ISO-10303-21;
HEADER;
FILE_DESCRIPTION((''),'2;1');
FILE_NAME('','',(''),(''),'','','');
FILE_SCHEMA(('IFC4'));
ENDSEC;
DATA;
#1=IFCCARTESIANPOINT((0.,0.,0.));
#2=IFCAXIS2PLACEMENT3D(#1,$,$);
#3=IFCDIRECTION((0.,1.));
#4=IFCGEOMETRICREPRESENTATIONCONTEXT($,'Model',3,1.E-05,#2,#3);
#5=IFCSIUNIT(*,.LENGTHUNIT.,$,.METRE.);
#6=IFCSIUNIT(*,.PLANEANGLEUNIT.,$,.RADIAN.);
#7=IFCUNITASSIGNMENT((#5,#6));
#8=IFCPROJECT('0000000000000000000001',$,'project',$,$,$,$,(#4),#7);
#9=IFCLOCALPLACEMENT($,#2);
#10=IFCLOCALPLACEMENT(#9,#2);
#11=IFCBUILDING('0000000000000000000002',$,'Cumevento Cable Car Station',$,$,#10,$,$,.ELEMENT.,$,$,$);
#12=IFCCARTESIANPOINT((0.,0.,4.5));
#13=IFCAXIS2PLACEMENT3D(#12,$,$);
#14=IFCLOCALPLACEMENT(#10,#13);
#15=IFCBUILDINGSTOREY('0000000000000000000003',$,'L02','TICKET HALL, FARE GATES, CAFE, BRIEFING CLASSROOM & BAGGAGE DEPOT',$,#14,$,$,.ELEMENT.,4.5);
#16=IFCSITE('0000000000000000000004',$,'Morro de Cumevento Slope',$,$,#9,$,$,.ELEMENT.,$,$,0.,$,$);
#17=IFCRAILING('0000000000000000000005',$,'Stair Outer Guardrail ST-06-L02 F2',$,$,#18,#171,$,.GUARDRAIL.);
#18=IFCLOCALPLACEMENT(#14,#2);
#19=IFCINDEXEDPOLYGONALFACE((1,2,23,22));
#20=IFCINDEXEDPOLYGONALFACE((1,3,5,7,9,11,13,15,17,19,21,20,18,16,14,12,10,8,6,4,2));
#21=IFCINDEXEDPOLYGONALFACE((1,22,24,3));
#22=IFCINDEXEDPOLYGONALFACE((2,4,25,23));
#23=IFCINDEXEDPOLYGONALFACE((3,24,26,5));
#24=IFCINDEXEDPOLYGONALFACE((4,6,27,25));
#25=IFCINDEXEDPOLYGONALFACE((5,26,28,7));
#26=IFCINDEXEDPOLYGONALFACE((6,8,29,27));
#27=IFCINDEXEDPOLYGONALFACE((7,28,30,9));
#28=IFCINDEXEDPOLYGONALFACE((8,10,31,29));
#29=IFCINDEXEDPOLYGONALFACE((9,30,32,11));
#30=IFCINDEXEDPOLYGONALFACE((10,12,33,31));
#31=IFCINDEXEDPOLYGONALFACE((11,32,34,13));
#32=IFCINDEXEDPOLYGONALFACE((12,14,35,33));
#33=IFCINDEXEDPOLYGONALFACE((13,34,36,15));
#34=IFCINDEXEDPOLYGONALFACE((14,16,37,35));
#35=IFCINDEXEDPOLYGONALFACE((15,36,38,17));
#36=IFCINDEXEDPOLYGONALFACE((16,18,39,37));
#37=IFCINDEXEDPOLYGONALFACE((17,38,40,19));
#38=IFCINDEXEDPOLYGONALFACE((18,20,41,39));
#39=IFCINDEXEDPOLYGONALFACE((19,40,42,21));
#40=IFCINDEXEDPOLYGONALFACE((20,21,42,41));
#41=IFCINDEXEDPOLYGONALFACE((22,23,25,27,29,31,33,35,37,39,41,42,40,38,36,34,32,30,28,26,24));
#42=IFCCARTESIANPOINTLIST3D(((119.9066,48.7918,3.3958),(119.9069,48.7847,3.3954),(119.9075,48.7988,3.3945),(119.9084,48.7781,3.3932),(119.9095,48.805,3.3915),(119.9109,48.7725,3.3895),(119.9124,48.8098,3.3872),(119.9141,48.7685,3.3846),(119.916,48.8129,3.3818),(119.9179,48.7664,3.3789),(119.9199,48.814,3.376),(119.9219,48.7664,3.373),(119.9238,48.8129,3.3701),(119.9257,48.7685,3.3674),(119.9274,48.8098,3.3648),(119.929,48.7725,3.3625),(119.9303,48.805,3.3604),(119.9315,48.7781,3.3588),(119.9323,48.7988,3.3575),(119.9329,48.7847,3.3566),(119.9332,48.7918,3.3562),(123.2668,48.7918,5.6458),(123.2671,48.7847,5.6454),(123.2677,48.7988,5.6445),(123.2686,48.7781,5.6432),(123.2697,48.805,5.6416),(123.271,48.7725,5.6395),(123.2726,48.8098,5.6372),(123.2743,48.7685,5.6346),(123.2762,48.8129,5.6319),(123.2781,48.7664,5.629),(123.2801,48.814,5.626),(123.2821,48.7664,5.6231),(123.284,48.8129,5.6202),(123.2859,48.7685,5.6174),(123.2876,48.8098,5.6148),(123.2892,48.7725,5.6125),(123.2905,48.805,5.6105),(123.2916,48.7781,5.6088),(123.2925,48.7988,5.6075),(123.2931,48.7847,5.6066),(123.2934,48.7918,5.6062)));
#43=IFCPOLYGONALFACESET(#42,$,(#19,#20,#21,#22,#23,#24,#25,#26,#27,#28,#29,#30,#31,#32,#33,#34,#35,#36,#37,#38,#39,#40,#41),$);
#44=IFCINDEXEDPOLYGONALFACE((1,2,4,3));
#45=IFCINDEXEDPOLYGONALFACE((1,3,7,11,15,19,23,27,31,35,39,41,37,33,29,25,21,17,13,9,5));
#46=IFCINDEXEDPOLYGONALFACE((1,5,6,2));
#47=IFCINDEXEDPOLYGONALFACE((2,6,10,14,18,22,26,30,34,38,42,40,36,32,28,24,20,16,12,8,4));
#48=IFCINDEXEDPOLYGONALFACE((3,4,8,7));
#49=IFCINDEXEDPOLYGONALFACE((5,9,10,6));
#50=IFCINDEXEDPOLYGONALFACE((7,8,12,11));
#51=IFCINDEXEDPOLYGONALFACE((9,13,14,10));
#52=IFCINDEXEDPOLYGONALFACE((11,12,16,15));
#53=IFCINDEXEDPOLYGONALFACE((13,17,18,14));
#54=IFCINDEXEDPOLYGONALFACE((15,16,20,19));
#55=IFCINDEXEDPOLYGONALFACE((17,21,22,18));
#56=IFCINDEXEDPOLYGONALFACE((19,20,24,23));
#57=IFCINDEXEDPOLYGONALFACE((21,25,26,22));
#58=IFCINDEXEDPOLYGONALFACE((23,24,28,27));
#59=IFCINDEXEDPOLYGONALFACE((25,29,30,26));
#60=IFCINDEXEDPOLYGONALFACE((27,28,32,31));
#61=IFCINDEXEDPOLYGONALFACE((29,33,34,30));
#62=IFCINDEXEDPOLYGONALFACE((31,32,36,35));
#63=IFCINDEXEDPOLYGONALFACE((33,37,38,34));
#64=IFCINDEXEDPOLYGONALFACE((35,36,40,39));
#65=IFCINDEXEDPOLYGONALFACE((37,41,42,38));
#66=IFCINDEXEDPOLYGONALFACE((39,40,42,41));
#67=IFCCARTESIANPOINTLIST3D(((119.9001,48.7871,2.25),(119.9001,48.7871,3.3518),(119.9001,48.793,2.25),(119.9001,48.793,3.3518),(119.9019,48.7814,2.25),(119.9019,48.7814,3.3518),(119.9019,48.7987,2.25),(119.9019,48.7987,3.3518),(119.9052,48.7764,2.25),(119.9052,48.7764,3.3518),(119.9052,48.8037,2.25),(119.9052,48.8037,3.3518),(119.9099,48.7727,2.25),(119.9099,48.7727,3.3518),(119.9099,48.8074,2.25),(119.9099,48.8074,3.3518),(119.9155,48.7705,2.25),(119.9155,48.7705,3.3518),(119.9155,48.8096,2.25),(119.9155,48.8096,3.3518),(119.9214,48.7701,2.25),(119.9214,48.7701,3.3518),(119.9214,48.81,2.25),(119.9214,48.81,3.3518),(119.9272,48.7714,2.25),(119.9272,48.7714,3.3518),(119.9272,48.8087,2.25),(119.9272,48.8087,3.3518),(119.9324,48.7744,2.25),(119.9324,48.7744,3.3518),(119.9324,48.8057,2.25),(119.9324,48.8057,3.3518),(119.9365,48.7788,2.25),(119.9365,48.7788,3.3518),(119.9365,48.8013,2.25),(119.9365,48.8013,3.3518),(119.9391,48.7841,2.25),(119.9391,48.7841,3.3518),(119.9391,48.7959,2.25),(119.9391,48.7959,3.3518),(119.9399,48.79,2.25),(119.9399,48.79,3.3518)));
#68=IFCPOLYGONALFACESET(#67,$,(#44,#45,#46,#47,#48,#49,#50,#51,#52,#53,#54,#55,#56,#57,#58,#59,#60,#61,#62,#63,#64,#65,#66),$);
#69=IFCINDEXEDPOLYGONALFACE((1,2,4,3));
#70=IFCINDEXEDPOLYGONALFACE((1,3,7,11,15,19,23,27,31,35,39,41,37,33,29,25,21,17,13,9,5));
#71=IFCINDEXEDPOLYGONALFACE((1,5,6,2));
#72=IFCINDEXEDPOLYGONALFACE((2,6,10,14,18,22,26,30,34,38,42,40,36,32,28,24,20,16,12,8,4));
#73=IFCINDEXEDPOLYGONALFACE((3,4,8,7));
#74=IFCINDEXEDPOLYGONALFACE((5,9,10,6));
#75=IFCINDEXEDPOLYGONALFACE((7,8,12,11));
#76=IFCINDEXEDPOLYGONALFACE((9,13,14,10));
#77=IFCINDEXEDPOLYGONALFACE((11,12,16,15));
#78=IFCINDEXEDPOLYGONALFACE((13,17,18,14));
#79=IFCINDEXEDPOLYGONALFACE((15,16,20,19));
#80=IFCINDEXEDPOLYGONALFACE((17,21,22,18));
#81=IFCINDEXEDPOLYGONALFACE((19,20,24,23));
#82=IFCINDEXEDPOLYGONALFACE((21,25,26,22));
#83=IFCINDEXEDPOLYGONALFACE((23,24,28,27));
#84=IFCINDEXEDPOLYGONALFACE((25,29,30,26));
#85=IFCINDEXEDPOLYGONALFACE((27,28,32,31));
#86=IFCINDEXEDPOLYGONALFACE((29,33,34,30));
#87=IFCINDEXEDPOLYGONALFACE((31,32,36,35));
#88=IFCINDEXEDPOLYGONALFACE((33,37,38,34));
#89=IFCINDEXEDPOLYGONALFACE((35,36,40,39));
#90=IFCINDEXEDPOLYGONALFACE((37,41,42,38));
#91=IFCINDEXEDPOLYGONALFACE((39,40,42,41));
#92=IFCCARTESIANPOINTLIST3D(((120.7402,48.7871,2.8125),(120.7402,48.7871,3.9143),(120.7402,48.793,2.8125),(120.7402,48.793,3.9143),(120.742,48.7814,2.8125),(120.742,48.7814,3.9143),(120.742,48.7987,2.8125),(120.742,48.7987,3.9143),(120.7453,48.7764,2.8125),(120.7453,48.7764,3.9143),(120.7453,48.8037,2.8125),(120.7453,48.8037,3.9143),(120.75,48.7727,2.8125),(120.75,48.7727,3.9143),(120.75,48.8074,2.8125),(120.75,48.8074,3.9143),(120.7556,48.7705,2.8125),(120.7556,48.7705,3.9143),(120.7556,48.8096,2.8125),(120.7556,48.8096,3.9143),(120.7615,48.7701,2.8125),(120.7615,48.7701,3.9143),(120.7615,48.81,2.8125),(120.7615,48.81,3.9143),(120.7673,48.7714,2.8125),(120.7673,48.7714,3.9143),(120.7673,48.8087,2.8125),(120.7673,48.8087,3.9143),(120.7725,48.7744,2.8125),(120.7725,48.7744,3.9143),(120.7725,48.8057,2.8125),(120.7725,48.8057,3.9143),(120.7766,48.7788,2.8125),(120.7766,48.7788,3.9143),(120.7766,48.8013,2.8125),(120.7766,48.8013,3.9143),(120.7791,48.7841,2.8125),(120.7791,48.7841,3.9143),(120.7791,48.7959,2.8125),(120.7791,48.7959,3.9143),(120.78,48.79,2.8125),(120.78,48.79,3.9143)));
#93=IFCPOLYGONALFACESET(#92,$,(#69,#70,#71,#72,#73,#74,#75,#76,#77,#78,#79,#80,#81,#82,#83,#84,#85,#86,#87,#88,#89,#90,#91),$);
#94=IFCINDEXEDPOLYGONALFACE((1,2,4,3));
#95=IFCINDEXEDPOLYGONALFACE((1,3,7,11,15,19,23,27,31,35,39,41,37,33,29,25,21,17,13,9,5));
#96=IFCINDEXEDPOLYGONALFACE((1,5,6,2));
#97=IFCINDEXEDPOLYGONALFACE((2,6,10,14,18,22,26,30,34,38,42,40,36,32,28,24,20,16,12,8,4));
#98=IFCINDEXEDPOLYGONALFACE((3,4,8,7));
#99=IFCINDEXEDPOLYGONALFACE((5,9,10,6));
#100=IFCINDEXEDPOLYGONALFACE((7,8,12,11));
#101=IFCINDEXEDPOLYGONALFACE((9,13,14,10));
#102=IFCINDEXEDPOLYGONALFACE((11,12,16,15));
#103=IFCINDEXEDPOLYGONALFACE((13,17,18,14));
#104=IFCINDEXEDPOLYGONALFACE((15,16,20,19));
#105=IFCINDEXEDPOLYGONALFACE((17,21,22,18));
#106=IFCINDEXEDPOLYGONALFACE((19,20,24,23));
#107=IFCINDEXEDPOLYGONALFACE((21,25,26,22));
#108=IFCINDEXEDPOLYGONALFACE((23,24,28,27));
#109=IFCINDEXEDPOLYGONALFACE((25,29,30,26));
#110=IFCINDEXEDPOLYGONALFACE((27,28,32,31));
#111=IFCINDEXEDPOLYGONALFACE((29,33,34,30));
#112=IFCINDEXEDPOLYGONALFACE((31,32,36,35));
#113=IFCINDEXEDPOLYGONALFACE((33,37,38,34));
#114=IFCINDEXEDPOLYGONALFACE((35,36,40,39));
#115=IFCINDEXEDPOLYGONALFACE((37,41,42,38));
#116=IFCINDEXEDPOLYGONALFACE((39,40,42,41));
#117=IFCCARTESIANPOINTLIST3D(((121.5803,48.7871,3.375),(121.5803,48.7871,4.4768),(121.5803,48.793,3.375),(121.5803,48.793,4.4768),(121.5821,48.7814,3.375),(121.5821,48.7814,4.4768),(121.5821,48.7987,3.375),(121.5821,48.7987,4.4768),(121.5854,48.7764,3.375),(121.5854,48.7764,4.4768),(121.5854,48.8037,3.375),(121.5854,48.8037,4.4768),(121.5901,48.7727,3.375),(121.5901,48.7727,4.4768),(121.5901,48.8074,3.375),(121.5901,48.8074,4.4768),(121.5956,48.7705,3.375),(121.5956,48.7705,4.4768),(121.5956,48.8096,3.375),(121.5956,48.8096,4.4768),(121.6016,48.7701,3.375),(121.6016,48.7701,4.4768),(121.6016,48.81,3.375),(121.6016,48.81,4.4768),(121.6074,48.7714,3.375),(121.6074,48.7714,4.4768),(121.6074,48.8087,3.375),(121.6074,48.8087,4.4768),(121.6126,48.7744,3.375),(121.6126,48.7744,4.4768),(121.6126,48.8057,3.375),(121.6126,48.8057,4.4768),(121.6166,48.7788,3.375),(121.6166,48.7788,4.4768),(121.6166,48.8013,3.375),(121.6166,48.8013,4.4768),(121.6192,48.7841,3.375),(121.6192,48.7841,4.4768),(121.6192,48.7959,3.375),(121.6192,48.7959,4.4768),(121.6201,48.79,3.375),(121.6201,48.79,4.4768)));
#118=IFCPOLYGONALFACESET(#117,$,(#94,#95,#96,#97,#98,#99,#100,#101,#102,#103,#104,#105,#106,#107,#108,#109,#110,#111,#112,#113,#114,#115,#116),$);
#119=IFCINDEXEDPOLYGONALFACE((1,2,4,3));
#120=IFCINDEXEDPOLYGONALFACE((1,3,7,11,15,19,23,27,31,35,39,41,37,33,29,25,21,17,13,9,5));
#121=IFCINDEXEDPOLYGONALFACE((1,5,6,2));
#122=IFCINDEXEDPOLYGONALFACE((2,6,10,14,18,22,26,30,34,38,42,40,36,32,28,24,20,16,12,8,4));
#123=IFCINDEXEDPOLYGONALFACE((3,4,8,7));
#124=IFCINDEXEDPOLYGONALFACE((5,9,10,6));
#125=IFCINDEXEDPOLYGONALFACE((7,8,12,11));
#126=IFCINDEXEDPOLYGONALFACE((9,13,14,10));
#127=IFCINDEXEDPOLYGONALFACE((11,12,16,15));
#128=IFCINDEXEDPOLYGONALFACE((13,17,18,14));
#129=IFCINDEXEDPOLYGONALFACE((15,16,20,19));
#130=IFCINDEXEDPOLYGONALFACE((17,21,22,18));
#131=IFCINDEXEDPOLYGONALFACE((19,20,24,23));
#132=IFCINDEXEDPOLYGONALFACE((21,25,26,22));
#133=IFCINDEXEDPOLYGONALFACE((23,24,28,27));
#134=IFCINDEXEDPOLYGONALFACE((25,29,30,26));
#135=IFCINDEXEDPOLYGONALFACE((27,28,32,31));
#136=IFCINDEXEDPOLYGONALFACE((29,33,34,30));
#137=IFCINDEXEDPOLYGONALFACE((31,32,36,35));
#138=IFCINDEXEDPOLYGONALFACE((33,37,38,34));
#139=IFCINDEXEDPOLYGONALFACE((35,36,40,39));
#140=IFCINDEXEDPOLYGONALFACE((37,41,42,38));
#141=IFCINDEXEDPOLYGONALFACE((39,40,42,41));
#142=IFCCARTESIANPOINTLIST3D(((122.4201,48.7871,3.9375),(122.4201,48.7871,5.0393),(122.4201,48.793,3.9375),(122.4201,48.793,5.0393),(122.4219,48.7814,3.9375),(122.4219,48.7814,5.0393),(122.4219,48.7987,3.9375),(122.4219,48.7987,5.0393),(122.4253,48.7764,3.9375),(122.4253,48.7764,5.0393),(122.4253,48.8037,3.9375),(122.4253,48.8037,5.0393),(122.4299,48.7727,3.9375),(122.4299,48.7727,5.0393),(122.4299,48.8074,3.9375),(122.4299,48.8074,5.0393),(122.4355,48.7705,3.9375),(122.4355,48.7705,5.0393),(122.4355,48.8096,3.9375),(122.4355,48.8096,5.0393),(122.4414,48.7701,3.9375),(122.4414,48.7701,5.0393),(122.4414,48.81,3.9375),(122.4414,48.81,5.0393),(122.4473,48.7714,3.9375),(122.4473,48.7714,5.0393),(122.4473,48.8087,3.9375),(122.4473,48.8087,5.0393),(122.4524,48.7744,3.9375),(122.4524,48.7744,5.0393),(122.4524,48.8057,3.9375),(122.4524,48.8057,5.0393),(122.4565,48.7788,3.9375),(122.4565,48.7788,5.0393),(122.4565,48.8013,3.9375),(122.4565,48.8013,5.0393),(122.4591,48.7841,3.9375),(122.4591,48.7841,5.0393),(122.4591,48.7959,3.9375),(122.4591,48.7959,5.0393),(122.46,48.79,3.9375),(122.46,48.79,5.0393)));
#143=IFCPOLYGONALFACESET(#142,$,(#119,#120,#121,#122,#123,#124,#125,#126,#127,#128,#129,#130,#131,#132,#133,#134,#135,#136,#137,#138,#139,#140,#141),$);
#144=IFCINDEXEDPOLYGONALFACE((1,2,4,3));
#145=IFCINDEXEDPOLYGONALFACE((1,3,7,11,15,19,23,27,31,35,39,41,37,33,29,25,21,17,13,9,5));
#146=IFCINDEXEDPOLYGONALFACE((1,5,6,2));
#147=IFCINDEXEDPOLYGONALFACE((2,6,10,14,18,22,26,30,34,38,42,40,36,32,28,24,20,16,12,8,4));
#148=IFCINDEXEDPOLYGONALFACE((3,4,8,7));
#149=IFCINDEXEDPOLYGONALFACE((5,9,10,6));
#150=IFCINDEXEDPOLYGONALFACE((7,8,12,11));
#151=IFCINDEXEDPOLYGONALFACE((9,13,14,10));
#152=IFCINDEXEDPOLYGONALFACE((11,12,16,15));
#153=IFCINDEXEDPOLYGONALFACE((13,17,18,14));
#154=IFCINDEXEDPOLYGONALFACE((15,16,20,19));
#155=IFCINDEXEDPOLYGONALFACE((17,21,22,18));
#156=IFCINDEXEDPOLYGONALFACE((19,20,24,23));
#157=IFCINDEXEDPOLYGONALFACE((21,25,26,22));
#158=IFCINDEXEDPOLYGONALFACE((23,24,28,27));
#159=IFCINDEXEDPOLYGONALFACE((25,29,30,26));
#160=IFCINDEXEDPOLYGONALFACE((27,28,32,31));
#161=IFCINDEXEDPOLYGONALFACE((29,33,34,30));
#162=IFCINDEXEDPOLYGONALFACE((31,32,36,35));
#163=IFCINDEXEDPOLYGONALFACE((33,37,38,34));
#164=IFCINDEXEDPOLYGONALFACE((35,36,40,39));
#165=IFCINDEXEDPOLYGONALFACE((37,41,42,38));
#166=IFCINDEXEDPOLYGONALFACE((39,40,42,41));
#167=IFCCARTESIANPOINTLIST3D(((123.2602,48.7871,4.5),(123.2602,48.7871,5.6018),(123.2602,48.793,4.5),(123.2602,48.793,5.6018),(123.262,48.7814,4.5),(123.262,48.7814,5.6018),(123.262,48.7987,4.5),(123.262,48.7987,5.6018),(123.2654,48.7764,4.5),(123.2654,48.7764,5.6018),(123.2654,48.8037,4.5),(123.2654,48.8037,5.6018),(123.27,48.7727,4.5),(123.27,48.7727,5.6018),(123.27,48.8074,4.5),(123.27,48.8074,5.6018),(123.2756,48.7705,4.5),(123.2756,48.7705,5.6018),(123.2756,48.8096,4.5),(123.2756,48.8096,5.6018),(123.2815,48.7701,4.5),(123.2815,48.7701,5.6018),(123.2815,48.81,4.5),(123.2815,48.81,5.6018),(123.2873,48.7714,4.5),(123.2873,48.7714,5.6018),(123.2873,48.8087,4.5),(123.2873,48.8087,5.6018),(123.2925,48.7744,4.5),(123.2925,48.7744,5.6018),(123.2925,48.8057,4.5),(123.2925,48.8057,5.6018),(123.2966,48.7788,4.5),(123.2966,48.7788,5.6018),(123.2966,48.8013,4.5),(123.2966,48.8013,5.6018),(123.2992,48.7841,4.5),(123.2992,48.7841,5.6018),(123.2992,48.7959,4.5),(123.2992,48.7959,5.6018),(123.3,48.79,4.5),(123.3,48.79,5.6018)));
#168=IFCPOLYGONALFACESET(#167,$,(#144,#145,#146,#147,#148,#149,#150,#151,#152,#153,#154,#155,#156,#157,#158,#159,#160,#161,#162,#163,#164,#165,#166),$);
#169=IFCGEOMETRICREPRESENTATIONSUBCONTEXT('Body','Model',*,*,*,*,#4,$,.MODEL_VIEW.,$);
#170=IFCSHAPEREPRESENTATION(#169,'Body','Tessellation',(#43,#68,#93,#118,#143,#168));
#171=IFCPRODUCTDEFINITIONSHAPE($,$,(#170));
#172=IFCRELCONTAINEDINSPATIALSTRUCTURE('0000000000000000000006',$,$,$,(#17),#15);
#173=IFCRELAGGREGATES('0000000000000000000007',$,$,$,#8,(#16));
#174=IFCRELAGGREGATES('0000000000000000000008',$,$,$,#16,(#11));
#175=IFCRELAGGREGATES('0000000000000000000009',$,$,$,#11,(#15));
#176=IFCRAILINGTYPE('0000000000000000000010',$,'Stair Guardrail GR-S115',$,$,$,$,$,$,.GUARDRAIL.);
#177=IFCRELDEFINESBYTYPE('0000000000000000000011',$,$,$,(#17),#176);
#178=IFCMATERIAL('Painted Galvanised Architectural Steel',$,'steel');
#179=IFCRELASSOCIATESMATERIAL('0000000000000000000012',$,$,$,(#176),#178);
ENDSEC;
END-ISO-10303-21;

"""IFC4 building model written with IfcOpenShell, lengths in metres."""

from ifc_helpers import new_model, si_unit, direction, frame, origin, origin_2d, place, context, subcontext, project, spatial, circle, extrude, material, type_object, element, save


model = new_model("IFC4")

# Units and contexts
model_context = context("Model", 3, precision=1e-05, world=origin(), true_north=direction((0.0, 1.0)))
body_context = subcontext(model_context, "Body", "Model", "MODEL_VIEW")
ifc_project = project(units=[si_unit("LENGTHUNIT", "METRE"), si_unit("PLANEANGLEUNIT", "RADIAN")], contexts=[model_context])

# Site, building, storey
site_placement = place(None, origin())
site = spatial("IfcSite", under=ifc_project, at=site_placement, Name="Morro de Cumevento Slope", CompositionType="ELEMENT", RefElevation=0.0)
building_placement = place(site_placement, origin())
building = spatial("IfcBuilding", under=site, at=building_placement, Name="Cumevento Cable Car Station", CompositionType="ELEMENT")
storey_placement = place(building_placement, frame((0.0, 0.0, 4.5)))
storey = spatial("IfcBuildingStorey", under=building, at=storey_placement, Name="L02", Description="TICKET HALL, FARE GATES, CAFE, BRIEFING CLASSROOM & BAGGAGE DEPOT", CompositionType="ELEMENT", Elevation=4.5)

# Railing
ifc_material_1 = material(Name="Painted Galvanised Architectural Steel", Category="steel")
railing_type_1 = type_object("IfcRailingType", Name="Stair Guardrail GR-S115", PredefinedType="GUARDRAIL", material=ifc_material_1)
railing_1_placement = place(storey_placement, frame((119.9199, 48.79, 2.25)))
element("IfcRailing", 1, at=railing_1_placement, inside=storey, type_object=railing_type_1, Name="Stair Outer Guardrail ST-06-L02 F2", PredefinedType="GUARDRAIL", context=body_context, shape_type="SweptSolid", body=[
    extrude(circle(Radius=0.0239, at=origin_2d()), frame((0.0, 0.0, 1.126), z_axis=(0.830915, 0.0, 0.556399), x_axis=(0.0, 1.0, 0.0)), (0.0, 0.0, 1.0), 4.0439),
    extrude(circle(Radius=0.02, at=origin_2d()), origin(), (0.0, 0.0, 1.0), 1.1018),
    extrude(circle(Radius=0.02, at=origin_2d()), frame((0.8401, 0.0, 0.5625)), (0.0, 0.0, 1.0), 1.1018),
    extrude(circle(Radius=0.02, at=origin_2d()), frame((1.6802, 0.0, 1.125)), (0.0, 0.0, 1.0), 1.1018),
    extrude(circle(Radius=0.02, at=origin_2d()), frame((2.52, 0.0, 1.6875)), (0.0, 0.0, 1.0), 1.1018),
    extrude(circle(Radius=0.02, at=origin_2d()), frame((3.3601, 0.0, 2.25)), (0.0, 0.0, 1.0), 1.1018),
])

save(model, "model.ifc")
